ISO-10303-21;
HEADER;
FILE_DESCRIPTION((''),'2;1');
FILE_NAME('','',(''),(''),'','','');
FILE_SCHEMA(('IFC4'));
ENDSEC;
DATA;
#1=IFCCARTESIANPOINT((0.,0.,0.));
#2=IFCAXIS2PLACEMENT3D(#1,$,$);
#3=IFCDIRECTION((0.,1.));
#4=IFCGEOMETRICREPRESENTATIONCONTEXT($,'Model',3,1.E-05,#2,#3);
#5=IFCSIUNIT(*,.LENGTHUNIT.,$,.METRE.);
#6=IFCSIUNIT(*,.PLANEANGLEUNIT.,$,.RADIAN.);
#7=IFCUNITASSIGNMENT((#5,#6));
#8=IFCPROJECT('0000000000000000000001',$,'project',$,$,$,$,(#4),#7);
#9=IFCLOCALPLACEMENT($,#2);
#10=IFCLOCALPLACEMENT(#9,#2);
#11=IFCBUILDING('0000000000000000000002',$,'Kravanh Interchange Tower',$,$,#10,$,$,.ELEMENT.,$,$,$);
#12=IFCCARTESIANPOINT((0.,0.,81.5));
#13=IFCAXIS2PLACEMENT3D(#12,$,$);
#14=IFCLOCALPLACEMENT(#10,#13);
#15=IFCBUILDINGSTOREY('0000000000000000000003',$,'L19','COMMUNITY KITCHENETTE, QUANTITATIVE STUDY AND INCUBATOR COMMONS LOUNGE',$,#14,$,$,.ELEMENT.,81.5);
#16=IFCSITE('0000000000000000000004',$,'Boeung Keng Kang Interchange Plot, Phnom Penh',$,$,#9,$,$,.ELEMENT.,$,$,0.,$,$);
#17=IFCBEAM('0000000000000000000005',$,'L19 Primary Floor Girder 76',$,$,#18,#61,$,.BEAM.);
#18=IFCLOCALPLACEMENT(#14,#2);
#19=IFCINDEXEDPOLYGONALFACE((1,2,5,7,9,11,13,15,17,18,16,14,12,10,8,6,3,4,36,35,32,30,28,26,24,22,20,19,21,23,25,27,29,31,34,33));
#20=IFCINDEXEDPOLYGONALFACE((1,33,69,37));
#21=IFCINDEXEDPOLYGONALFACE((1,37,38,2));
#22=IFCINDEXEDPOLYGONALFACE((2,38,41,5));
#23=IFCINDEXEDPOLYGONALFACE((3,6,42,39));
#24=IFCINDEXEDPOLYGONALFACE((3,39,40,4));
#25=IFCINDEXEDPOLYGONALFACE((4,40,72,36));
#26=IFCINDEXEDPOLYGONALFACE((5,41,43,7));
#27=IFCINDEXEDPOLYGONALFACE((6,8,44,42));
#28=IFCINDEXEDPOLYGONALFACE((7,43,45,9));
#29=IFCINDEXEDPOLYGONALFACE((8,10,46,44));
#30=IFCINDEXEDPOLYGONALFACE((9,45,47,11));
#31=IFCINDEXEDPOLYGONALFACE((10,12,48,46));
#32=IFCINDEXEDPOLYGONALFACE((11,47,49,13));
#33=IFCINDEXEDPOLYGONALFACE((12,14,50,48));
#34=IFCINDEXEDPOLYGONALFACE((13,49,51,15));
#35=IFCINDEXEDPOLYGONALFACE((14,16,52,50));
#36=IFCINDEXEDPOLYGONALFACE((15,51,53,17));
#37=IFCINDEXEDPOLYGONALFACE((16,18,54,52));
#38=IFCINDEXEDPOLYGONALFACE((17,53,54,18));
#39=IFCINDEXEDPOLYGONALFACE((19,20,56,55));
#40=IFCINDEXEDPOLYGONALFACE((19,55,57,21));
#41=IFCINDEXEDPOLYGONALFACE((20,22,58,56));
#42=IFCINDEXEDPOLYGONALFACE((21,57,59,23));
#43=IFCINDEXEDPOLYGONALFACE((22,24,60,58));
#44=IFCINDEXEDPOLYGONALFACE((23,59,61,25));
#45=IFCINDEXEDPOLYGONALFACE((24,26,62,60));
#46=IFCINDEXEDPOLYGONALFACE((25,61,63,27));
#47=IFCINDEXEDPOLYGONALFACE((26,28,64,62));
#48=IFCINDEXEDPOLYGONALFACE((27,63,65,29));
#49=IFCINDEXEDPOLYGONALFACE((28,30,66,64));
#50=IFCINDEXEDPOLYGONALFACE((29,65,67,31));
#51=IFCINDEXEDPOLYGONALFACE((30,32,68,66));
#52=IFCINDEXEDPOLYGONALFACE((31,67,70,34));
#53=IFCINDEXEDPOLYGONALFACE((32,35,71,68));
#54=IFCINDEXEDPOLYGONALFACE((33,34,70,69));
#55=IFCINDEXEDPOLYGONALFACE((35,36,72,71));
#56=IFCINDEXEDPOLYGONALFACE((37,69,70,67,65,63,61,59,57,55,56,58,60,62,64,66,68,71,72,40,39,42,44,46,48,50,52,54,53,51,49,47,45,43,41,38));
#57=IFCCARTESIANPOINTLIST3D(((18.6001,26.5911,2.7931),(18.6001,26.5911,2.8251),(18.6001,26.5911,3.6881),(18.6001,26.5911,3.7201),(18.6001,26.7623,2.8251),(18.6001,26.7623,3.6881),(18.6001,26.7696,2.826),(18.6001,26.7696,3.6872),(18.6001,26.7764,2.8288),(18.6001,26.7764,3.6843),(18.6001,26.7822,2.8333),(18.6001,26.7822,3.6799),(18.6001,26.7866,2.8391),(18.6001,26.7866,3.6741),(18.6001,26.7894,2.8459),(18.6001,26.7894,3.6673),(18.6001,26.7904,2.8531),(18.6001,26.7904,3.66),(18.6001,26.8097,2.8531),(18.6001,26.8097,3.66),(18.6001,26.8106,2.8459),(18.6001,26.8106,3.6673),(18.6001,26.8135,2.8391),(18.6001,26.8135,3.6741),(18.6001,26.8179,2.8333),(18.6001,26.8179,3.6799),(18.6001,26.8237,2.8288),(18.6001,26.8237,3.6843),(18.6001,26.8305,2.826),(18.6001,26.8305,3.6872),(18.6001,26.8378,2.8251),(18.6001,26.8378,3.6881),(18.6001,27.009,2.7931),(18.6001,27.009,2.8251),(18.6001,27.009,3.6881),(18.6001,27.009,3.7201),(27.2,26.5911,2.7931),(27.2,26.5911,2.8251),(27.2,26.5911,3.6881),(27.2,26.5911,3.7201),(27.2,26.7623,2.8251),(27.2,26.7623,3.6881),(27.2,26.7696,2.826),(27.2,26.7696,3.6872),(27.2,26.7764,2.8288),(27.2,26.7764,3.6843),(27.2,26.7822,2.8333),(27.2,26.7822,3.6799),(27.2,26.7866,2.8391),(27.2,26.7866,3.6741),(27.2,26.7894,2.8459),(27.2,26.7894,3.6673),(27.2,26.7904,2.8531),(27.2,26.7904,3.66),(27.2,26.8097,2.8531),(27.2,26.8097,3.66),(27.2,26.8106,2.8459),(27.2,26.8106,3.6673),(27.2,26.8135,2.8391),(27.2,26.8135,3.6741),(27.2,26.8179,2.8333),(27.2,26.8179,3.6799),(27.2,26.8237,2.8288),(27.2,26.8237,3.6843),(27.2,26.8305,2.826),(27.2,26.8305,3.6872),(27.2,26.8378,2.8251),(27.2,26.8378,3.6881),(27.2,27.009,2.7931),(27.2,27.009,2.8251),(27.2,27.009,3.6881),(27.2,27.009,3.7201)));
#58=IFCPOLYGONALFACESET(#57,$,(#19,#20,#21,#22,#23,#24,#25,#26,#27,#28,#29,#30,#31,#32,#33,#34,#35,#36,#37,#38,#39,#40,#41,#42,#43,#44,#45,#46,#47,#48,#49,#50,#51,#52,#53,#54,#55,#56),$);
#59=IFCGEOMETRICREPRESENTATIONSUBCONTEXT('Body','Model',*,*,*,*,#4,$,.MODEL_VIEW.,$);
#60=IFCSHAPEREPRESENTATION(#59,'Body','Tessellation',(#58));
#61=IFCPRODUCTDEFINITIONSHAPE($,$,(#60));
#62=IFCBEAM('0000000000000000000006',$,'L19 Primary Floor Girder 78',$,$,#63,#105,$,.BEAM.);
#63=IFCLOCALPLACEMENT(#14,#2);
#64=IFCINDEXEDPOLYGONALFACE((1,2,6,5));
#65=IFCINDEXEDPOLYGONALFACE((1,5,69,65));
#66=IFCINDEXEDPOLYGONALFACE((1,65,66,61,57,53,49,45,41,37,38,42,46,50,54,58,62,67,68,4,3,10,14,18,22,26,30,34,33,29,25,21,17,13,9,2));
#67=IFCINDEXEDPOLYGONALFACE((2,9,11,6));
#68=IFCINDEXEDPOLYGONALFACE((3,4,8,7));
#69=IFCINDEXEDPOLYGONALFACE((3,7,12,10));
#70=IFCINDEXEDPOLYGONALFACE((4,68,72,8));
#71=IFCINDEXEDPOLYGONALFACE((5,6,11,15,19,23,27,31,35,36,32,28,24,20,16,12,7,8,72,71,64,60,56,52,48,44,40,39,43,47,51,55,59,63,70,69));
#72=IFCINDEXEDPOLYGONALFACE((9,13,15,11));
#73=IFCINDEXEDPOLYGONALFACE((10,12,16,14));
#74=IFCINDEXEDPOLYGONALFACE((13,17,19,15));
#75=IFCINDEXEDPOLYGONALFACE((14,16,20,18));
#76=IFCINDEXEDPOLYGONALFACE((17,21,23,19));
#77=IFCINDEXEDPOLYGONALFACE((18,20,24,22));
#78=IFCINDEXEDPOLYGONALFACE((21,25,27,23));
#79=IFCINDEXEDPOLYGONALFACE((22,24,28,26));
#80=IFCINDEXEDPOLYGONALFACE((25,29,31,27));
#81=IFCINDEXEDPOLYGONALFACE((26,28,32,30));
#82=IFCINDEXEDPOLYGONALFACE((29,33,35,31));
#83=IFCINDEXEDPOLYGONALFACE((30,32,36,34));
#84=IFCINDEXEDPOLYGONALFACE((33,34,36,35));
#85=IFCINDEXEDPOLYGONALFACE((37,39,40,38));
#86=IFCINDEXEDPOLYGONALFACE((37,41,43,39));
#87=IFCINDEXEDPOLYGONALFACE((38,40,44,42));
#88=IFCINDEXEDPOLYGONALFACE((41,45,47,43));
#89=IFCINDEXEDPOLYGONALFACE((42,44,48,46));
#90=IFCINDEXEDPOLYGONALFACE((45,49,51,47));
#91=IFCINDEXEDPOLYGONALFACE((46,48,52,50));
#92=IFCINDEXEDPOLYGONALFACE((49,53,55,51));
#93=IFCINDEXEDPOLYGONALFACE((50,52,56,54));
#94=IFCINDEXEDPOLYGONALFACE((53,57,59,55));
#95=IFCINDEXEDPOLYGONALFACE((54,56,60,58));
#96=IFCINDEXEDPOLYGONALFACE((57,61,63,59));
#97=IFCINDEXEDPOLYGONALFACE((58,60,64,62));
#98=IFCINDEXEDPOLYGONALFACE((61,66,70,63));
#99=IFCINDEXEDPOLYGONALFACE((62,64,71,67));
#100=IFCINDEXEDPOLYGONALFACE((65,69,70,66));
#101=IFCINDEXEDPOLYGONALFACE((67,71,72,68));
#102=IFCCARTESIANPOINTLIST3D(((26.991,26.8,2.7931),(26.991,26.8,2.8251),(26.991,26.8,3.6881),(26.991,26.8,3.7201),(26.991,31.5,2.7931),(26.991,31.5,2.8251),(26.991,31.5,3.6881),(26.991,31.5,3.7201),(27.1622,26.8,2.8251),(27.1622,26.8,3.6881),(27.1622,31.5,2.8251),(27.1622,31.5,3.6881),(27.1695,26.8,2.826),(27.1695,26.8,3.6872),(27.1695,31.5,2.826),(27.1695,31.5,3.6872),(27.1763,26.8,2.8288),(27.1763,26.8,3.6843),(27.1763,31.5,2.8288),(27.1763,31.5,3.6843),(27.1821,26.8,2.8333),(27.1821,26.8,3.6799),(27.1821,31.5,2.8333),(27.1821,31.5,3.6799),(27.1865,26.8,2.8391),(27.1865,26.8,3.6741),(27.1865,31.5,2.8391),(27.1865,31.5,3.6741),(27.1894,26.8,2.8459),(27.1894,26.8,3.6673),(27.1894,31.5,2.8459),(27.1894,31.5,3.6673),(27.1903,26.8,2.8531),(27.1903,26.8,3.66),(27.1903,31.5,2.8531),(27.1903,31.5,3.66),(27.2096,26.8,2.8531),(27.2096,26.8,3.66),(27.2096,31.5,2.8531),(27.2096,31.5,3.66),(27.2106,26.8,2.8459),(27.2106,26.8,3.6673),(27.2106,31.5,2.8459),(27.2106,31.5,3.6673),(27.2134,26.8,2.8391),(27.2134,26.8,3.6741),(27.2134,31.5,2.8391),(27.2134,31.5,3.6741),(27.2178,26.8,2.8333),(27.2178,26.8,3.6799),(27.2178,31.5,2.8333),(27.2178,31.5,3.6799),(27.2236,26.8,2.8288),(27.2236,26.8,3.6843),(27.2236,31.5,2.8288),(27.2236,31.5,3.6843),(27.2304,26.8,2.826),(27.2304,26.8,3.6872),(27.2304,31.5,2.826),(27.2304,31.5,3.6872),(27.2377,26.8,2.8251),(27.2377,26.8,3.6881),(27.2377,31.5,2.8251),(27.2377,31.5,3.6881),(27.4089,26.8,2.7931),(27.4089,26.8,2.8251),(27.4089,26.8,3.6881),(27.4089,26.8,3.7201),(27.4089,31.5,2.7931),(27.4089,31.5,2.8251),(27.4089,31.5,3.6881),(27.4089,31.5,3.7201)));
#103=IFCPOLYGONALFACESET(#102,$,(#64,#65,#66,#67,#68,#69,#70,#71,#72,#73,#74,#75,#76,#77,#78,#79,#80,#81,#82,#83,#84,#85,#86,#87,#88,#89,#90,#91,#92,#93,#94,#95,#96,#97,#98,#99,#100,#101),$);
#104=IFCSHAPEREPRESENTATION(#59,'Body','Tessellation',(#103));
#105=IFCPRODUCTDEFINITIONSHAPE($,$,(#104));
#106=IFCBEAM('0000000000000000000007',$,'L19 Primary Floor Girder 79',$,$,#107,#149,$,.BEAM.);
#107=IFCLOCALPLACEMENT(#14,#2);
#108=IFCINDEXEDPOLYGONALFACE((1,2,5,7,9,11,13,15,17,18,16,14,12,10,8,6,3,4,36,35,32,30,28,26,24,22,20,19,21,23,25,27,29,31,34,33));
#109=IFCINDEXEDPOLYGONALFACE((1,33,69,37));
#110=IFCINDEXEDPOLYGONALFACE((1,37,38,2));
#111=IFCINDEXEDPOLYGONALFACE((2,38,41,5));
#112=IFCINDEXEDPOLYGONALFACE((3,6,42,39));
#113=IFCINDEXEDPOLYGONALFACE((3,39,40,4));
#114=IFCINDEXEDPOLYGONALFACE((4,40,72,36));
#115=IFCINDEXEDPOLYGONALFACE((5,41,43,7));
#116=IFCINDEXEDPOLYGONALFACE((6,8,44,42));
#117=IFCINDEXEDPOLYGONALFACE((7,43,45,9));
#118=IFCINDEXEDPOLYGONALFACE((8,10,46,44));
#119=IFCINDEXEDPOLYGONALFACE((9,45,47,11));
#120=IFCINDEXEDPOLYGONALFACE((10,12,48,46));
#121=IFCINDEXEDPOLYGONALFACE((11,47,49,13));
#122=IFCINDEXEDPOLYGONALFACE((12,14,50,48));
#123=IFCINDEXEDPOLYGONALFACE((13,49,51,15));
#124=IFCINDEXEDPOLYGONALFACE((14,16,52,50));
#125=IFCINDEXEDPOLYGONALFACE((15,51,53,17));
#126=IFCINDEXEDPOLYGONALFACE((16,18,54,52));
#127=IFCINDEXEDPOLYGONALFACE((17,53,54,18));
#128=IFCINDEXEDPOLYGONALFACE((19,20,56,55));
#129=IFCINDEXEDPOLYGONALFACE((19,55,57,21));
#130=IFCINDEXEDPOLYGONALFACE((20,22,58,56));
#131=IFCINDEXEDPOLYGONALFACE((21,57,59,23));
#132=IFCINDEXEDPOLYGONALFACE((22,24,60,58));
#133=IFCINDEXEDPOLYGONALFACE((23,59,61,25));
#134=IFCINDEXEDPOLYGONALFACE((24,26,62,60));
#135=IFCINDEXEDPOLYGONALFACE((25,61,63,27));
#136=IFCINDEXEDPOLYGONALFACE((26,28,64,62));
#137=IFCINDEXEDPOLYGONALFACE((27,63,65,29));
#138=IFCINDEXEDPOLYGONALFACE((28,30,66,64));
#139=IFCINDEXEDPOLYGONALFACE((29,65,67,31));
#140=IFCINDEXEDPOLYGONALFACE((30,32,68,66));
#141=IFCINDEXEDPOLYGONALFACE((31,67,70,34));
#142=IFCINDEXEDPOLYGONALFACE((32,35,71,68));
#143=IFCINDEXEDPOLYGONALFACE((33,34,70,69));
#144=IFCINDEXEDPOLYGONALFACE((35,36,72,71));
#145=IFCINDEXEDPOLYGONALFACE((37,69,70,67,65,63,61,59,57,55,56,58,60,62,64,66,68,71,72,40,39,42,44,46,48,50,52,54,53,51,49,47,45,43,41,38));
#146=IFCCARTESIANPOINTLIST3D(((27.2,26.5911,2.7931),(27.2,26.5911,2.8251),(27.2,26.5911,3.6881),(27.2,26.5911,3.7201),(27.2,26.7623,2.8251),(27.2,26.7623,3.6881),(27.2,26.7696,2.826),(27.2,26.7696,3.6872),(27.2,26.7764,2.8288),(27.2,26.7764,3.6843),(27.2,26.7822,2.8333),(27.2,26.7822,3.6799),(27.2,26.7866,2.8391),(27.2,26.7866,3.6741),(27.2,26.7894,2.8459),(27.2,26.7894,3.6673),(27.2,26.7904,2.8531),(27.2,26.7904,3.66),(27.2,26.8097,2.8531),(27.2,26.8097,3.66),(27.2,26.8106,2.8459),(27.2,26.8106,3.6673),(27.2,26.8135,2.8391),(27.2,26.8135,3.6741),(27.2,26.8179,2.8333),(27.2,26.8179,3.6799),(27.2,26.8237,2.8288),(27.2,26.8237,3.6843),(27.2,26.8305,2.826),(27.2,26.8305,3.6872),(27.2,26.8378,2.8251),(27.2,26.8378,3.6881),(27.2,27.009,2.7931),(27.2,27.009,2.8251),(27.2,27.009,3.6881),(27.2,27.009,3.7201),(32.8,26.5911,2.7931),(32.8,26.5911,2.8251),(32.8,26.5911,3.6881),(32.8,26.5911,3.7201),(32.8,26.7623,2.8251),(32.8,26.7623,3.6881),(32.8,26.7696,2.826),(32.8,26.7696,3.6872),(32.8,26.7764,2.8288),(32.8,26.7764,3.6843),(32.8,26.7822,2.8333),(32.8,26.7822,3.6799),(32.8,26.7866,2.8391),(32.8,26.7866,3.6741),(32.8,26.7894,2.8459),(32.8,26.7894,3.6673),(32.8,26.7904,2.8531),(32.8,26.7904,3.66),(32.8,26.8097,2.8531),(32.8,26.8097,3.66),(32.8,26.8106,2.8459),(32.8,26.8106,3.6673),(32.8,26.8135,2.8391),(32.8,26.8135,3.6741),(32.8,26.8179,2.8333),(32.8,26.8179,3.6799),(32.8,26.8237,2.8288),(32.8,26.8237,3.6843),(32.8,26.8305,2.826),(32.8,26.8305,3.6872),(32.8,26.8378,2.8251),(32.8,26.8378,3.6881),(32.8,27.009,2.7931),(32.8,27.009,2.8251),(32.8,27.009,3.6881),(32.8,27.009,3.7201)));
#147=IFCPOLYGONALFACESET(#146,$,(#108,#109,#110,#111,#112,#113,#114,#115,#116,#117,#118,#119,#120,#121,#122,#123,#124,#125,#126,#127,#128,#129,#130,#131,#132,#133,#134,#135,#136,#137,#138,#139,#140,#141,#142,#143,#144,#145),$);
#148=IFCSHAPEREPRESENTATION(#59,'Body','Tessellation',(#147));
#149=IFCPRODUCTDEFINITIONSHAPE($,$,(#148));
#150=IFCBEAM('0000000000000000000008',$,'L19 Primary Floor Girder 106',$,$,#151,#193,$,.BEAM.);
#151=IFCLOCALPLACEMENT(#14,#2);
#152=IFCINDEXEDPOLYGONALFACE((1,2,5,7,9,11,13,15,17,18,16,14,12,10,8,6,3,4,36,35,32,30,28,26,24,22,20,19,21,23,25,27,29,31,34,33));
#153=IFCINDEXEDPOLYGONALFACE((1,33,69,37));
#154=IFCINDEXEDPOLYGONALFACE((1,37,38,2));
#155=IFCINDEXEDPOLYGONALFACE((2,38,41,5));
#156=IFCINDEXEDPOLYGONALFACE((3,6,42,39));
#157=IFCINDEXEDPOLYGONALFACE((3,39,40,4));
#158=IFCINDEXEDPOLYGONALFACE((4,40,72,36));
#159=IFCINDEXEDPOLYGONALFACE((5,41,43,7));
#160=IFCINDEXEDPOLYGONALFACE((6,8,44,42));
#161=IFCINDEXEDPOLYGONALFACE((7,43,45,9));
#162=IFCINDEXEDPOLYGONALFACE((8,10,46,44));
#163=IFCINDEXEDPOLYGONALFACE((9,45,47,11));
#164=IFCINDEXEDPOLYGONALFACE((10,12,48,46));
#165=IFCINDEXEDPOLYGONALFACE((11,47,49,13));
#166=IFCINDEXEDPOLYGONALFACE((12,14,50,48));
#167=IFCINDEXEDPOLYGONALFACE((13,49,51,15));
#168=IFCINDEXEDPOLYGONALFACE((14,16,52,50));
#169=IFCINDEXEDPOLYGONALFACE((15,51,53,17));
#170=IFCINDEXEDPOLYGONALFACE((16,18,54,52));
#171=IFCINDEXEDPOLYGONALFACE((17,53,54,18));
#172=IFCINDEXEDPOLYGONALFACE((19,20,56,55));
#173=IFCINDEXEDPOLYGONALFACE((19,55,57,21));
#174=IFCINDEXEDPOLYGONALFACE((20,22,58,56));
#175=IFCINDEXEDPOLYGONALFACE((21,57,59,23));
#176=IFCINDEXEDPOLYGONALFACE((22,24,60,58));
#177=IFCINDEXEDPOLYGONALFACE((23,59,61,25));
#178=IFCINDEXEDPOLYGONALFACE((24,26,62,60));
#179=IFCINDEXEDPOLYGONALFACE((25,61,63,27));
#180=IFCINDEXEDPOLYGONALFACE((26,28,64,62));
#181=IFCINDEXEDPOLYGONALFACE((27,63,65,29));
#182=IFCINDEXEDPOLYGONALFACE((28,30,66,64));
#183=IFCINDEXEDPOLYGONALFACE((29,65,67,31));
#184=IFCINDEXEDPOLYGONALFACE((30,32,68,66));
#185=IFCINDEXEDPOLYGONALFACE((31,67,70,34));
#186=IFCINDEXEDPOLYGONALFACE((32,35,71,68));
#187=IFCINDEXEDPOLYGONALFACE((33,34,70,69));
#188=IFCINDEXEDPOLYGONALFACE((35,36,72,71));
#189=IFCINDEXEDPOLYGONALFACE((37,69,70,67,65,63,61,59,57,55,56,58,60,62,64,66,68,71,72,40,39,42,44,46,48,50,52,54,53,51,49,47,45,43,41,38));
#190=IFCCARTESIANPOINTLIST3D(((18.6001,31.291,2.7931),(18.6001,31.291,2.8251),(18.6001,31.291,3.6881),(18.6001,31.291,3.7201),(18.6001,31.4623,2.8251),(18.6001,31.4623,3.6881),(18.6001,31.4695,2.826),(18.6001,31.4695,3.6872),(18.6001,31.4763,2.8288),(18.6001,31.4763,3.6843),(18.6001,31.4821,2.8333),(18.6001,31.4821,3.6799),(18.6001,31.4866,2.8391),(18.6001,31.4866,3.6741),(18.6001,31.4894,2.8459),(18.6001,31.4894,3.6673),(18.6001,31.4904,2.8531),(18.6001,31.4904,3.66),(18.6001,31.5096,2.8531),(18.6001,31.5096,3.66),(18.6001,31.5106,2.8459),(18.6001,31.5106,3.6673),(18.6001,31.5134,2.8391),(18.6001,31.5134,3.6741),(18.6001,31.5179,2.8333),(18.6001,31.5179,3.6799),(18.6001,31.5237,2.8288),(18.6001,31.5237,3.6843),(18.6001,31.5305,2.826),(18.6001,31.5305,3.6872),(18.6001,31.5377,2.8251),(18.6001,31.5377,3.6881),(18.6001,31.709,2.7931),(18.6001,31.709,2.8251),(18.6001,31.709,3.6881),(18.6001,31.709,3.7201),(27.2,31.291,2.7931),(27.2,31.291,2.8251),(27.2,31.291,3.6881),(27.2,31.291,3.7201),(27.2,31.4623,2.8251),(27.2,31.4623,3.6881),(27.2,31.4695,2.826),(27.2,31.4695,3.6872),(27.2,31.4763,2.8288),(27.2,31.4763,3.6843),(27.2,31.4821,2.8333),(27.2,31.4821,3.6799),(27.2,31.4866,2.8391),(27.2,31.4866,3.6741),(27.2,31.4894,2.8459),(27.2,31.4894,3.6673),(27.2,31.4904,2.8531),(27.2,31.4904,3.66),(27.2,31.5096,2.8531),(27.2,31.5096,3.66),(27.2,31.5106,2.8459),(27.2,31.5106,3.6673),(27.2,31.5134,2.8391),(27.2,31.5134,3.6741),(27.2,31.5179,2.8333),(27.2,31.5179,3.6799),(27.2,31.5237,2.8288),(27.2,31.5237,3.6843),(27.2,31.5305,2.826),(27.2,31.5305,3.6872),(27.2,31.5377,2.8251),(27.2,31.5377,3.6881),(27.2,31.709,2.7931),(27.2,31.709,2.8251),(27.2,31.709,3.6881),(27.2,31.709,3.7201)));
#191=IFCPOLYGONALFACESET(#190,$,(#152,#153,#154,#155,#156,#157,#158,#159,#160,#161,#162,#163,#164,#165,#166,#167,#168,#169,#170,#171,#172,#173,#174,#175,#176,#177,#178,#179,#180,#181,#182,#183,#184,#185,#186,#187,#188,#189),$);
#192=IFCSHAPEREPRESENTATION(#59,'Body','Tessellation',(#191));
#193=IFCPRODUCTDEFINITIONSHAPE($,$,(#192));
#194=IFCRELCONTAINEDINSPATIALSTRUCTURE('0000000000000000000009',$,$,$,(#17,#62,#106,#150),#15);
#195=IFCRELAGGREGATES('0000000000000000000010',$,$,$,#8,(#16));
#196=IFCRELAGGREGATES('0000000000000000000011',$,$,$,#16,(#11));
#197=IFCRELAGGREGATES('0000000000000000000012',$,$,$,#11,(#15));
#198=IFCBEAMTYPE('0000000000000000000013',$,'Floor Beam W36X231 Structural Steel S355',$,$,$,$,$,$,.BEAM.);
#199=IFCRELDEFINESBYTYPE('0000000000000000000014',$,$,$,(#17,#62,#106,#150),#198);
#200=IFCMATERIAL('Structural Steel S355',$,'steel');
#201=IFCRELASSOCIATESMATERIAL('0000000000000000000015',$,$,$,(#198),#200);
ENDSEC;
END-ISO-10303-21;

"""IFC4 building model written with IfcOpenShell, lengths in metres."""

from ifc_helpers import new_model, si_unit, direction, frame, origin, origin_2d, place, context, subcontext, project, spatial, i_section, extrude, material, material_profile, profile_set, type_object, element, save


model = new_model("IFC4")

# Units and contexts
model_context = context("Model", 3, precision=1e-05, world=origin(), true_north=direction((0.0, 1.0)))
body_context = subcontext(model_context, "Body", "Model", "MODEL_VIEW")
ifc_project = project(units=[si_unit("LENGTHUNIT", "METRE"), si_unit("PLANEANGLEUNIT", "RADIAN")], contexts=[model_context])

# Site, building, storey
site_placement = place(None, origin())
site = spatial("IfcSite", under=ifc_project, at=site_placement, Name="Boeung Keng Kang Interchange Plot, Phnom Penh", CompositionType="ELEMENT", RefElevation=0.0)
building_placement = place(site_placement, origin())
building = spatial("IfcBuilding", under=site, at=building_placement, Name="Kravanh Interchange Tower", CompositionType="ELEMENT")
storey_placement = place(building_placement, frame((0.0, 0.0, 81.5)))
storey = spatial("IfcBuildingStorey", under=building, at=storey_placement, Name="L19", Description="COMMUNITY KITCHENETTE, QUANTITATIVE STUDY AND INCUBATOR COMMONS LOUNGE", CompositionType="ELEMENT", Elevation=81.5)

# Beams
ifc_material_1 = material(Name="Structural Steel S355", Category="steel")
ifc_material_profile_1 = material_profile(ifc_material_1, i_section(OverallWidth=0.418, OverallDepth=0.927, WebThickness=0.0193, FlangeThickness=0.032, FilletRadius=0.0281, at=origin_2d()), Name="W36X231")
ifc_profile_set_1 = profile_set([ifc_material_profile_1], Name="Structural Steel S355")
beam_type_1 = type_object("IfcBeamType", Name="Floor Beam W36X231 Structural Steel S355", PredefinedType="BEAM", material=ifc_profile_set_1)
beam_1_placement = place(storey_placement, frame((18.6001, 26.8, 3.2566), z_axis=(1.0, 0.0, 0.0), x_axis=(0.0, 1.0, 0.0)))
element("IfcBeam", 1, at=beam_1_placement, inside=storey, type_object=beam_type_1, Name="L19 Primary Floor Girder 76", PredefinedType="BEAM", context=body_context, shape_type="SweptSolid", body=[
    extrude(i_section(OverallWidth=0.418, OverallDepth=0.927, WebThickness=0.0193, FlangeThickness=0.032, FilletRadius=0.0281, at=origin_2d()), origin(), (0.0, 0.0, 1.0), 8.5999),
])
beam_2_placement = place(storey_placement, frame((27.2, 26.8, 3.2566), z_axis=(0.0, 1.0, 0.0), x_axis=(-1.0, 0.0, 0.0)))
element("IfcBeam", 2, at=beam_2_placement, inside=storey, type_object=beam_type_1, Name="L19 Primary Floor Girder 78", PredefinedType="BEAM", context=body_context, shape_type="SweptSolid", body=[
    extrude(i_section(OverallWidth=0.418, OverallDepth=0.927, WebThickness=0.0193, FlangeThickness=0.032, FilletRadius=0.0281, at=origin_2d()), origin(), (0.0, 0.0, 1.0), 4.7),
])
beam_3_placement = place(storey_placement, frame((27.2, 26.8, 3.2566), z_axis=(1.0, 0.0, 0.0), x_axis=(0.0, 1.0, 0.0)))
element("IfcBeam", 3, at=beam_3_placement, inside=storey, type_object=beam_type_1, Name="L19 Primary Floor Girder 79", PredefinedType="BEAM", context=body_context, shape_type="SweptSolid", body=[
    extrude(i_section(OverallWidth=0.418, OverallDepth=0.927, WebThickness=0.0193, FlangeThickness=0.032, FilletRadius=0.0281, at=origin_2d()), origin(), (0.0, 0.0, 1.0), 5.6001),
])
beam_4_placement = place(storey_placement, frame((18.6001, 31.5, 3.2566), z_axis=(1.0, 0.0, 0.0), x_axis=(0.0, 1.0, 0.0)))
element("IfcBeam", 4, at=beam_4_placement, inside=storey, type_object=beam_type_1, Name="L19 Primary Floor Girder 106", PredefinedType="BEAM", context=body_context, shape_type="SweptSolid", body=[
    extrude(i_section(OverallWidth=0.418, OverallDepth=0.927, WebThickness=0.0193, FlangeThickness=0.032, FilletRadius=0.0281, at=origin_2d()), origin(), (0.0, 0.0, 1.0), 8.5999),
])

save(model, "model.ifc")
